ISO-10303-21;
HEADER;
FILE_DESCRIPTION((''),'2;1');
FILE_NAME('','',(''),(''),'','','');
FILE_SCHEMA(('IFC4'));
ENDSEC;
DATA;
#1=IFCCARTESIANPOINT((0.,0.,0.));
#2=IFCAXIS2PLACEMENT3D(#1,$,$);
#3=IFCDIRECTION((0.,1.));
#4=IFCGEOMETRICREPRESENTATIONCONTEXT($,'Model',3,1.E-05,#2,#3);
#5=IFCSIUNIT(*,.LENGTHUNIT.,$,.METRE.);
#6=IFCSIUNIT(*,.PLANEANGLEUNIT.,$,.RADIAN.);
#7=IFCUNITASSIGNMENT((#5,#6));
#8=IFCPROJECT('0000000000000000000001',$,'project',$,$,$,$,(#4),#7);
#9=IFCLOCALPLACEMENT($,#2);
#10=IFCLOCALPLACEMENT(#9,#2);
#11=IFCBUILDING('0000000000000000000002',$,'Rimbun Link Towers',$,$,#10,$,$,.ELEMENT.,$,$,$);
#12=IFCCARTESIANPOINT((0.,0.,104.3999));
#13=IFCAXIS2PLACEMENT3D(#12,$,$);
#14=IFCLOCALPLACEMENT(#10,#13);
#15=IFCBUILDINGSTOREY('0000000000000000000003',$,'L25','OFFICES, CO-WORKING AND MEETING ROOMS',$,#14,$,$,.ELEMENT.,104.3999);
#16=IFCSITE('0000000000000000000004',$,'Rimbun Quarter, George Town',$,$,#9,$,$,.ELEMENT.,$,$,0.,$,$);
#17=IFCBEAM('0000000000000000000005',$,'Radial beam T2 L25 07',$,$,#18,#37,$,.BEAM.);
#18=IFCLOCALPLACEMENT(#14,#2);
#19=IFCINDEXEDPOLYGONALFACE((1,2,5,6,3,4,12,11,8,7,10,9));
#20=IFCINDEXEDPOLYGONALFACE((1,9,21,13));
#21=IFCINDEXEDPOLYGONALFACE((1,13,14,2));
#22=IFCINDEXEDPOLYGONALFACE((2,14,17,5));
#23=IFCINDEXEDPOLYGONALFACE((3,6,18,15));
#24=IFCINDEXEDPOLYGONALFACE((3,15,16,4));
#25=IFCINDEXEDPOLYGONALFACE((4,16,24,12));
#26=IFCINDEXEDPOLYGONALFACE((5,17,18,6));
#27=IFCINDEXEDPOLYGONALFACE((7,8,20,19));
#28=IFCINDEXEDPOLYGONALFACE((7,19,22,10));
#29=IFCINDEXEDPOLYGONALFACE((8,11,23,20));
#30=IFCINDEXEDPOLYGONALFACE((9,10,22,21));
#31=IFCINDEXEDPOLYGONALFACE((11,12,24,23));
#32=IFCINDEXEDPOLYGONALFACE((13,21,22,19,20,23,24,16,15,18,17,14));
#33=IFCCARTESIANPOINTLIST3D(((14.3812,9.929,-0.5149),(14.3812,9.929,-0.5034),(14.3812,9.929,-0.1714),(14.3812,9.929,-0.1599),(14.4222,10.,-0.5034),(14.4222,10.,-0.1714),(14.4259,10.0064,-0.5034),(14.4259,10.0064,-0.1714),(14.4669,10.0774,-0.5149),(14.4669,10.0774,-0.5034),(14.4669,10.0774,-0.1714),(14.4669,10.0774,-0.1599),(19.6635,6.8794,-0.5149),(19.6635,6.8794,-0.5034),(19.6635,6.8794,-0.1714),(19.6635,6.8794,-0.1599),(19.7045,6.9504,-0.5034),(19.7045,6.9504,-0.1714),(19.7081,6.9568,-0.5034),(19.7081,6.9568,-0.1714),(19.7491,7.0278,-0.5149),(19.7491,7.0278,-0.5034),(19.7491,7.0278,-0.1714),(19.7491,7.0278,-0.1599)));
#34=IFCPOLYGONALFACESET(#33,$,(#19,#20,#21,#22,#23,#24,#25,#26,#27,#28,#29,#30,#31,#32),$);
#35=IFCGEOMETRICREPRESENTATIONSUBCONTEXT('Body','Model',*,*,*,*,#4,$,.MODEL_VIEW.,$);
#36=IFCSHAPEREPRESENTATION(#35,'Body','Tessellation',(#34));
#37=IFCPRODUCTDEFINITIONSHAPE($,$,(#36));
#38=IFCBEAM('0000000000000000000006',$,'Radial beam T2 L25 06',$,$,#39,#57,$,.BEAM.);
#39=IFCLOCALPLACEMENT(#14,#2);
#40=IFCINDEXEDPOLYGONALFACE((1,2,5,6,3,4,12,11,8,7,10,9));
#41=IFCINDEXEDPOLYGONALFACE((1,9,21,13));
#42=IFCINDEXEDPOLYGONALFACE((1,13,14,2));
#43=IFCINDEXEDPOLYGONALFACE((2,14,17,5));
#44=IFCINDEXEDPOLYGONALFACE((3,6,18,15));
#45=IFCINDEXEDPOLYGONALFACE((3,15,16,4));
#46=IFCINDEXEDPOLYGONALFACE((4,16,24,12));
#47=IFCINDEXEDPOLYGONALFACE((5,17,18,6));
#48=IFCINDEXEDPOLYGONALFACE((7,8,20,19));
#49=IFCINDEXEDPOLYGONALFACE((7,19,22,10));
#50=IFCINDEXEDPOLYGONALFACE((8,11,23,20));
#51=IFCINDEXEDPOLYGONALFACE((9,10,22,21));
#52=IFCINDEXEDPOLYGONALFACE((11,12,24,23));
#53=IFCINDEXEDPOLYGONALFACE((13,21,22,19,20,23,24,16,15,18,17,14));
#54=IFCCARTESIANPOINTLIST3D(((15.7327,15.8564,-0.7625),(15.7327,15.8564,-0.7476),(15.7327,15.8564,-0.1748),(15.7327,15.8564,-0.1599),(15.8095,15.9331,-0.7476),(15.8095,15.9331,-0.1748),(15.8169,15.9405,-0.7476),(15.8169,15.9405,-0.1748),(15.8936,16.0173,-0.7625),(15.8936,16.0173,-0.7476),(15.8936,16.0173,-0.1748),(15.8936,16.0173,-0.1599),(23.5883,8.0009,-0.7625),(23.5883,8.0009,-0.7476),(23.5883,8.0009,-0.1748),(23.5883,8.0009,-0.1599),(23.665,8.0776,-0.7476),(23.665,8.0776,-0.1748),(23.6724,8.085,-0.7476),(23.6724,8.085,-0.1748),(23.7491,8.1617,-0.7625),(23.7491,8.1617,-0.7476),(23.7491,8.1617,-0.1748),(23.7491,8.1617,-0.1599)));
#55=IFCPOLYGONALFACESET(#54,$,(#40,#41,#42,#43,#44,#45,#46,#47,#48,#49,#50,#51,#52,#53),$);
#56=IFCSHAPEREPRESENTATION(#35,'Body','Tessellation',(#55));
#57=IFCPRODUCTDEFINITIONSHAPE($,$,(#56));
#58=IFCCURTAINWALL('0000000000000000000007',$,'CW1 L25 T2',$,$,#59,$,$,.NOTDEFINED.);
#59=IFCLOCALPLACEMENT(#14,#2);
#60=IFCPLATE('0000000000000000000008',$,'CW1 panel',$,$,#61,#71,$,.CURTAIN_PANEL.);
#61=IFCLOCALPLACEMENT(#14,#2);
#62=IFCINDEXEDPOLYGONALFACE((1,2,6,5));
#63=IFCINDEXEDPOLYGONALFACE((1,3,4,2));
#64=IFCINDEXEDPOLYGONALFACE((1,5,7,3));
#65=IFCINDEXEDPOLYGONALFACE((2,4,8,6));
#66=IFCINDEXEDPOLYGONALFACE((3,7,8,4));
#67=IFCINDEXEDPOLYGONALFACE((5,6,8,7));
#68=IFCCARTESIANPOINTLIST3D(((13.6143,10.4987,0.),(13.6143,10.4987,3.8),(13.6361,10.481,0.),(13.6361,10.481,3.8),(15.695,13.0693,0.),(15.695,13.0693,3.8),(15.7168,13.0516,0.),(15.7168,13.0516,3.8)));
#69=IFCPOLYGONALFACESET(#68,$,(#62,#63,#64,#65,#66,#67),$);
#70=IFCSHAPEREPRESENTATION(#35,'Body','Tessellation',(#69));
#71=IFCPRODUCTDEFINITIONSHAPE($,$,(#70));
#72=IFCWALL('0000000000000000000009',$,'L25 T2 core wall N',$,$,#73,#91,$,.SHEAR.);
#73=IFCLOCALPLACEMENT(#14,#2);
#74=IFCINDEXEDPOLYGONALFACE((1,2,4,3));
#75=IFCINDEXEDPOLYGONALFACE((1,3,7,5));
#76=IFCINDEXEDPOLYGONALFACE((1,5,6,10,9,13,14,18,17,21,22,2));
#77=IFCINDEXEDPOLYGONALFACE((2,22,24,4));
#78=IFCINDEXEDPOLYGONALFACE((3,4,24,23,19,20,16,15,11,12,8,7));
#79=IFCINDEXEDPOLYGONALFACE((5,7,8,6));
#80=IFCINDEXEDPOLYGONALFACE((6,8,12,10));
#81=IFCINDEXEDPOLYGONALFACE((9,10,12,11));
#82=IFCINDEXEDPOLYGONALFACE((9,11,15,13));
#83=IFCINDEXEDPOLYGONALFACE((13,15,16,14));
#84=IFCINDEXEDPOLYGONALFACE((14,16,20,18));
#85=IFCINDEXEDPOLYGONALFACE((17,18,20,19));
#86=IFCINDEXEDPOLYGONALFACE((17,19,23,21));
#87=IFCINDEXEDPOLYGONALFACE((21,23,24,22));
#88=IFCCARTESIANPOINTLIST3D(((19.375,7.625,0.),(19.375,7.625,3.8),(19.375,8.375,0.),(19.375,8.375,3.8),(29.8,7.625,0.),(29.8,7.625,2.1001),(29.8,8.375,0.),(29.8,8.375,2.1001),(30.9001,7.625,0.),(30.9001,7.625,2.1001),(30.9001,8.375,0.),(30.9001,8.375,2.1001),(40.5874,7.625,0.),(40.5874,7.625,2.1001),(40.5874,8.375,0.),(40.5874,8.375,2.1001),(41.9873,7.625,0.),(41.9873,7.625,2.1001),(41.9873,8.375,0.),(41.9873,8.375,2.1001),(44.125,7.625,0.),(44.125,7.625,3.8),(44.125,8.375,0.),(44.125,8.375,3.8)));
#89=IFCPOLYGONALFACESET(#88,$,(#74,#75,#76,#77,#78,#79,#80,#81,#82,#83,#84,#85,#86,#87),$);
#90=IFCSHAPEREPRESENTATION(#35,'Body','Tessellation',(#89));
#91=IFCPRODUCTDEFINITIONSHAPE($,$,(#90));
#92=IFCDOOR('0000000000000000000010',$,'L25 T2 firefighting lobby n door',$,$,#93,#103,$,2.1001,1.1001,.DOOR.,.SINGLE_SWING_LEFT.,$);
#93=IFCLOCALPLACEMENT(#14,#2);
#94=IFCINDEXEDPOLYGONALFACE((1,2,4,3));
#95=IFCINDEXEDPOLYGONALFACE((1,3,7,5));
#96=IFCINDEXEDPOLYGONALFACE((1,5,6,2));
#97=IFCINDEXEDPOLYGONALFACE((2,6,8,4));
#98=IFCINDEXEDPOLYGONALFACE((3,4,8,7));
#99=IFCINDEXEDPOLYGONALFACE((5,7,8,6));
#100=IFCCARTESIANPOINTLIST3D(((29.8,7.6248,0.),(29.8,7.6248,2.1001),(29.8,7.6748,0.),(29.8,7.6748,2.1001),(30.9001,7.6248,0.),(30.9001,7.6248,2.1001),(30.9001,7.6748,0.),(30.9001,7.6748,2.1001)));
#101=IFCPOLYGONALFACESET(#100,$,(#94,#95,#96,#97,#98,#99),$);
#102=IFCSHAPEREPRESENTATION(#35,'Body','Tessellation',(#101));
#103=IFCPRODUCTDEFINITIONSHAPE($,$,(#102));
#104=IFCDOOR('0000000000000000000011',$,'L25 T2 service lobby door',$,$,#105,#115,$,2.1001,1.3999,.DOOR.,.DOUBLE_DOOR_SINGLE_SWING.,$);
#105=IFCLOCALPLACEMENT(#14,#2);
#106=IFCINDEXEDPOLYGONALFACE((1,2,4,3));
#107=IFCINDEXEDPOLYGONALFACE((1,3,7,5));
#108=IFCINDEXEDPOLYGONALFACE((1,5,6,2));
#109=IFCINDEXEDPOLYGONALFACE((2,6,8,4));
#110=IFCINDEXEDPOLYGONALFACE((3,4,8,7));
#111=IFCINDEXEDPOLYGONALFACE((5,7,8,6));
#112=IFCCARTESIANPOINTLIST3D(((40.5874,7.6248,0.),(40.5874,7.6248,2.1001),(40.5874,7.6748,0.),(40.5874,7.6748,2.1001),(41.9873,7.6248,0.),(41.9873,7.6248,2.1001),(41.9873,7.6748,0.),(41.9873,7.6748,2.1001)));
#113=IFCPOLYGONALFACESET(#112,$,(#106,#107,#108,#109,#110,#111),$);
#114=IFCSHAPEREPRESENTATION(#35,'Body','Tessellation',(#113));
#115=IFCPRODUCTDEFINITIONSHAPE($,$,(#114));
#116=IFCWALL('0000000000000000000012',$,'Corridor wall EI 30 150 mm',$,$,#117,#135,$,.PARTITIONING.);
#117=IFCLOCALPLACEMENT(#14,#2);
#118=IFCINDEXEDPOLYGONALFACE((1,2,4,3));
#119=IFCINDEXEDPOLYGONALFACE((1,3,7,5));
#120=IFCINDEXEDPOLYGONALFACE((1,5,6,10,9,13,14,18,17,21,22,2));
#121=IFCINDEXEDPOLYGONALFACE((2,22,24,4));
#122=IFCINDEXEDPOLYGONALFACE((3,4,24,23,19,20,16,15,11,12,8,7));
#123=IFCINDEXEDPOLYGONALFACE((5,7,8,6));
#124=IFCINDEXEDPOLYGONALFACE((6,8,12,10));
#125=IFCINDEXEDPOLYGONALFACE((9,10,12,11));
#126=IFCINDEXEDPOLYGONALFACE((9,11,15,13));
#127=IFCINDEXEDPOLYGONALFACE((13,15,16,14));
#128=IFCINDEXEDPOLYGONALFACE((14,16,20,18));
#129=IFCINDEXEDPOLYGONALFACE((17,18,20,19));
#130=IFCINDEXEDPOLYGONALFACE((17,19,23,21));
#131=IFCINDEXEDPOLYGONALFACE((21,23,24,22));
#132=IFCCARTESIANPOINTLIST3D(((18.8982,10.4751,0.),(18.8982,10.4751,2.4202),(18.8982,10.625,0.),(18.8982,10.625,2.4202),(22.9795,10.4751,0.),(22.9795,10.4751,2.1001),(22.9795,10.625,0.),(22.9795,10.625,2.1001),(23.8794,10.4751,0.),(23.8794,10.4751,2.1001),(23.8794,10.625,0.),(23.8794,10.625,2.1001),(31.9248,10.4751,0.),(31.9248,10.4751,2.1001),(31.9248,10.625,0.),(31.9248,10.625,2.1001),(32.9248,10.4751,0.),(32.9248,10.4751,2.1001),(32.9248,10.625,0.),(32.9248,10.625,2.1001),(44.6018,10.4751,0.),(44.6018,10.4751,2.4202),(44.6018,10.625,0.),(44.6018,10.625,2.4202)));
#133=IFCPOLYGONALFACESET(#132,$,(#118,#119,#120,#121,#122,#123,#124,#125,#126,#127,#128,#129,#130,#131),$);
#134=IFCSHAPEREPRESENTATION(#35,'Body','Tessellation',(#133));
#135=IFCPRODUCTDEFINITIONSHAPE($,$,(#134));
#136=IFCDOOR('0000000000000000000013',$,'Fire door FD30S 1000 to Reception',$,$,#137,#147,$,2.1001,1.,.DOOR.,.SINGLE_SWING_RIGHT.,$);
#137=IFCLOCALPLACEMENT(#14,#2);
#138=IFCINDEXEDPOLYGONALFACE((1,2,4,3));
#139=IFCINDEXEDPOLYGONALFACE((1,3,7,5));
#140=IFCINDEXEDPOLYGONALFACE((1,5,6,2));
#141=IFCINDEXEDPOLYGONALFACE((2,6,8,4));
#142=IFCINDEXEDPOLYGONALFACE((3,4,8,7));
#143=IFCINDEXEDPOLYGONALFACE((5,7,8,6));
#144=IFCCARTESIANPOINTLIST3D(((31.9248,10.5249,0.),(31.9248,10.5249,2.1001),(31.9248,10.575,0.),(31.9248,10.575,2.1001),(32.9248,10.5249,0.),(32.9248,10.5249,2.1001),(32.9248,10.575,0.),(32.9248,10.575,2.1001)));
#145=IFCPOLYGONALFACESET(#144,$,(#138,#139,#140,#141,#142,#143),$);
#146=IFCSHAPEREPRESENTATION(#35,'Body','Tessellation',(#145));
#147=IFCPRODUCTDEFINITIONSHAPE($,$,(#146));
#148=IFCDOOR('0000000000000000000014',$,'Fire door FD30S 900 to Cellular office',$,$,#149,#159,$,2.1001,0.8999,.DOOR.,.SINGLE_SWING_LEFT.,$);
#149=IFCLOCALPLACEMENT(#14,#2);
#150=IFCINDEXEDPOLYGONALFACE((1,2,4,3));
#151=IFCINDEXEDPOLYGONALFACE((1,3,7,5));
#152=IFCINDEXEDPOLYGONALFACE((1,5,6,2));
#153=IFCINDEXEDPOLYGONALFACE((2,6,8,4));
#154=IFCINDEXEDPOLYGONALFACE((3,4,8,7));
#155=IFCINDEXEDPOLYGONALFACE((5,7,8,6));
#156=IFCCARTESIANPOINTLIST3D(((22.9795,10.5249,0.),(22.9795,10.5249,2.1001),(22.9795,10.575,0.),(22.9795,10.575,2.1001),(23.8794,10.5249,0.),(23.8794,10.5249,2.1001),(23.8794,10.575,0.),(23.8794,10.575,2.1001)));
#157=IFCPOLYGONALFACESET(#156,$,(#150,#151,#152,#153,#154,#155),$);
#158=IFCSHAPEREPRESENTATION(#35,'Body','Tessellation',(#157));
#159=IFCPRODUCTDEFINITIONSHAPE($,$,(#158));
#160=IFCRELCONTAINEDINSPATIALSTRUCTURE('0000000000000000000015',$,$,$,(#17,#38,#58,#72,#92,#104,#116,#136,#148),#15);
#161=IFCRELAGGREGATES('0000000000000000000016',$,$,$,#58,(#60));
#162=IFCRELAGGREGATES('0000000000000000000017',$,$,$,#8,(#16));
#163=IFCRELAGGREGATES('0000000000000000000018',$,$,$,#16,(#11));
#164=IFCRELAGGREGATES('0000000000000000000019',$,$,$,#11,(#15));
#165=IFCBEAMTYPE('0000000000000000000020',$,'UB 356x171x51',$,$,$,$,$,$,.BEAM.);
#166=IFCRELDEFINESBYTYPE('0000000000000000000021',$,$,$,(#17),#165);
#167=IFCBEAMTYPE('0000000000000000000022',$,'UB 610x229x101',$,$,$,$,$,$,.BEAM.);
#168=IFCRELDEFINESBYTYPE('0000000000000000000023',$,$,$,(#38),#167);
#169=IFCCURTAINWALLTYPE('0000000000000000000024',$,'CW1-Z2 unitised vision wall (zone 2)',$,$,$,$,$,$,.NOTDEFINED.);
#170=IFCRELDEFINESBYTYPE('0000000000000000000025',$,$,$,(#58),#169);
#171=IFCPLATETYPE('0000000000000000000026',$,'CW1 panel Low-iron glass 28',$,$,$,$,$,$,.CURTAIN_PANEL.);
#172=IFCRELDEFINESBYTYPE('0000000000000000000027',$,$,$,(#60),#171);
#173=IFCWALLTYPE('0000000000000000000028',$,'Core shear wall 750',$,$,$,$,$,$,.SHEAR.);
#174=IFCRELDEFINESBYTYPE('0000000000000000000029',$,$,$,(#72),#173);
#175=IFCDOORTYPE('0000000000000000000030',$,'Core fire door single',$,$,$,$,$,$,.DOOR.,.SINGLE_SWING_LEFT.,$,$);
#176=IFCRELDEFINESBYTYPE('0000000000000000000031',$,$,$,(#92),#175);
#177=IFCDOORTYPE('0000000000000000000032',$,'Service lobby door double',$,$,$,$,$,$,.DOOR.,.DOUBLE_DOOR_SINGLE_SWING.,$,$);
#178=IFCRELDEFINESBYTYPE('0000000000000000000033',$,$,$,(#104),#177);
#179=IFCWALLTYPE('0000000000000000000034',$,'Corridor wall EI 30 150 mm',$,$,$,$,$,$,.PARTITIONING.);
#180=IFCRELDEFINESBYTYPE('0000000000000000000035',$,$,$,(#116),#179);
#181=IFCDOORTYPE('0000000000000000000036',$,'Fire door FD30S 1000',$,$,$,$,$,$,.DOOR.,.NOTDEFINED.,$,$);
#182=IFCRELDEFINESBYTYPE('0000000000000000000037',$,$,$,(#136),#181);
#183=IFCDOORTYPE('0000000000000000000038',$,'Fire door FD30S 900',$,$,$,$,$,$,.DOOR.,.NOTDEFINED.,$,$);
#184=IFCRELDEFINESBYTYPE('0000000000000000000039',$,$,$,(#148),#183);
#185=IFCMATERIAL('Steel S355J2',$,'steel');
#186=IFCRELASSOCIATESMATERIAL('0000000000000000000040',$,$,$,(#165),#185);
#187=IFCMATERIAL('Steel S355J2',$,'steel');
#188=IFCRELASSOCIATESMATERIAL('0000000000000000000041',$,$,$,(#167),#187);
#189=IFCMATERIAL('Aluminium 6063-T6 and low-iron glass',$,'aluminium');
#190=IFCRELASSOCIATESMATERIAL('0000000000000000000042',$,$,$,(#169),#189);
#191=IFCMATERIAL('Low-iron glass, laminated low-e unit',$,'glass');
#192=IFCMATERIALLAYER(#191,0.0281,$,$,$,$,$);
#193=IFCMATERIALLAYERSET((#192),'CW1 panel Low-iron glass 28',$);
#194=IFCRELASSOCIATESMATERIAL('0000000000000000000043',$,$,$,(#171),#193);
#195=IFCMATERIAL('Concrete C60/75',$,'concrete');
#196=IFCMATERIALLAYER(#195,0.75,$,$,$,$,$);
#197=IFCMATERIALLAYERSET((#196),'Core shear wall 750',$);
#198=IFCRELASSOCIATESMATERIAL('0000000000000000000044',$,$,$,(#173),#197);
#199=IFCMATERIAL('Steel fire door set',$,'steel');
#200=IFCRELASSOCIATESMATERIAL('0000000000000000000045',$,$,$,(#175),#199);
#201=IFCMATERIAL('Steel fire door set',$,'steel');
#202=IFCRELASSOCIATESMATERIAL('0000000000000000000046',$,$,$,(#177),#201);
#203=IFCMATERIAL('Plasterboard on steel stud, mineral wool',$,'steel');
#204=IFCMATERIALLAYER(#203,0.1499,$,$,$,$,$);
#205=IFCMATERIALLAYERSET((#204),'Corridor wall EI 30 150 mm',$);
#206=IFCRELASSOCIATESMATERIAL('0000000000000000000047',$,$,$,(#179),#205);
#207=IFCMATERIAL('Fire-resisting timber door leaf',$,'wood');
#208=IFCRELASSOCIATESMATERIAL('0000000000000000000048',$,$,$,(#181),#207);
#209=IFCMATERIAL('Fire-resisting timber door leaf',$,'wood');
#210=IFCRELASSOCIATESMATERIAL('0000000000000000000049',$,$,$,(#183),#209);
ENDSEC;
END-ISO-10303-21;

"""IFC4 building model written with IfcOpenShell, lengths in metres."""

from ifc_helpers import new_model, si_unit, direction, frame, frame_2d, origin, origin_2d, place, context, subcontext, project, spatial, rectangle, i_section, extrude, material, layer, layer_set, material_profile, profile_set, type_object, element, fill, aggregate, save


model = new_model("IFC4")

# Units and contexts
model_context = context("Model", 3, precision=1e-05, world=origin(), true_north=direction((0.0, 1.0)))
body_context = subcontext(model_context, "Body", "Model", "MODEL_VIEW")
ifc_project = project(units=[si_unit("LENGTHUNIT", "METRE"), si_unit("PLANEANGLEUNIT", "RADIAN")], contexts=[model_context])

# Site, building, storey
site_placement = place(None, origin())
site = spatial("IfcSite", under=ifc_project, at=site_placement, Name="Rimbun Quarter, George Town", CompositionType="ELEMENT", RefElevation=0.0)
building_placement = place(site_placement, origin())
building = spatial("IfcBuilding", under=site, at=building_placement, Name="Rimbun Link Towers", CompositionType="ELEMENT")
storey_placement = place(building_placement, frame((0.0, 0.0, 104.3999)))
storey = spatial("IfcBuildingStorey", under=building, at=storey_placement, Name="L25", Description="OFFICES, CO-WORKING AND MEETING ROOMS", CompositionType="ELEMENT", Elevation=104.3999)

# Beams
ifc_material_1 = material(Name="Steel S355J2", Category="steel")
ifc_material_profile_1 = material_profile(ifc_material_1, i_section(OverallWidth=0.1714, OverallDepth=0.355, WebThickness=0.0073, FlangeThickness=0.0115, at=origin_2d()), Name="UB 356x171x51")
ifc_profile_set_1 = profile_set([ifc_material_profile_1], Name="Steel S355J2")
beam_type_1 = type_object("IfcBeamType", Name="UB 356x171x51", PredefinedType="BEAM", material=ifc_profile_set_1)
beam_1_placement = place(storey_placement, frame((19.7063, 6.9536, -0.3374), z_axis=(-0.866035, 0.499983, 0.0), x_axis=(-0.499983, -0.866035, 0.0)))
element("IfcBeam", 1, at=beam_1_placement, inside=storey, type_object=beam_type_1, Name="Radial beam T2 L25 07", PredefinedType="BEAM", context=body_context, shape_type="SweptSolid", body=[
    extrude(i_section(OverallWidth=0.1714, OverallDepth=0.355, WebThickness=0.0073, FlangeThickness=0.0115, at=origin_2d()), origin(), (0.0, 0.0, 1.0), 6.0994),
])
ifc_material_2 = material(Name="Steel S355J2", Category="steel")
ifc_material_profile_2 = material_profile(ifc_material_2, i_section(OverallWidth=0.2275, OverallDepth=0.6025, WebThickness=0.0105, FlangeThickness=0.0149, at=origin_2d()), Name="UB 610x229x101")
ifc_profile_set_2 = profile_set([ifc_material_profile_2], Name="Steel S355J2")
beam_type_2 = type_object("IfcBeamType", Name="UB 610x229x101", PredefinedType="BEAM", material=ifc_profile_set_2)
beam_2_placement = place(storey_placement, frame((23.6687, 8.0813, -0.4612), z_axis=(-0.707107, 0.707107, 0.0), x_axis=(-0.707107, -0.707107, 0.0)))
element("IfcBeam", 2, at=beam_2_placement, inside=storey, type_object=beam_type_2, Name="Radial beam T2 L25 06", PredefinedType="BEAM", context=body_context, shape_type="SweptSolid", body=[
    extrude(i_section(OverallWidth=0.2275, OverallDepth=0.6025, WebThickness=0.0105, FlangeThickness=0.0149, at=origin_2d()), origin(), (0.0, 0.0, 1.0), 11.1094),
])

# Curtain wall, plate
ifc_material_3 = material(Name="Aluminium 6063-T6 and low-iron glass", Category="aluminium")
curtain_wall_type = type_object("IfcCurtainWallType", Name="CW1-Z2 unitised vision wall (zone 2)", PredefinedType="NOTDEFINED", material=ifc_material_3)
curtain_wall_placement = place(storey_placement, origin())
curtain_wall = element("IfcCurtainWall", 3, at=curtain_wall_placement, inside=storey, type_object=curtain_wall_type, Name="CW1 L25 T2", PredefinedType="NOTDEFINED")
ifc_material_4 = material(Name="Low-iron glass, laminated low-e unit", Category="glass")
ifc_layer_1 = layer(ifc_material_4, 0.0281)
ifc_layer_set_1 = layer_set([ifc_layer_1], Name="CW1 panel Low-iron glass 28")
plate_type = type_object("IfcPlateType", Name="CW1 panel Low-iron glass 28", PredefinedType="CURTAIN_PANEL", material=ifc_layer_set_1)
plate_placement = place(storey_placement, frame((14.6655, 11.7751, 0.0), z_axis=(0.0, 0.0, 1.0), x_axis=(0.629151, 0.777283, 0.0)))
plate = element("IfcPlate", 4, at=plate_placement, type_object=plate_type, Name="CW1 panel", PredefinedType="CURTAIN_PANEL", context=body_context, shape_type="SweptSolid", body=[
    extrude(rectangle(XDim=3.3071, YDim=0.0281, at=origin_2d()), origin(), (0.0, 0.0, 1.0), 3.8),
])
aggregate(curtain_wall, [plate])

# Walls, openings, doors
ifc_material_5 = material(Name="Concrete C60/75", Category="concrete")
ifc_layer_2 = layer(ifc_material_5, 0.75)
ifc_layer_set_2 = layer_set([ifc_layer_2], Name="Core shear wall 750")
wall_type_1 = type_object("IfcWallType", Name="Core shear wall 750", PredefinedType="SHEAR", material=ifc_layer_set_2)
wall_1_placement = place(storey_placement, frame((19.375, 8.0, 0.0), z_axis=(0.0, 0.0, 1.0), x_axis=(1.0, 0.0, 0.0)))
wall_1 = element("IfcWall", 5, at=wall_1_placement, inside=storey, type_object=wall_type_1, Name="L25 T2 core wall N", PredefinedType="SHEAR", context=body_context, shape_type="SweptSolid", body=[
    extrude(rectangle(XDim=24.75, YDim=0.75, at=frame_2d((12.375, 0.0))), origin(), (0.0, 0.0, 1.0), 3.8),
])
opening_1_placement = place(wall_1_placement, frame((10.425, 0.0, 0.0)))
opening_1 = element("IfcOpeningElement", 6, at=opening_1_placement, cuts=wall_1, PredefinedType="OPENING", context=body_context, shape_type="SweptSolid", body=[
    extrude(rectangle(XDim=1.1001, YDim=2.1001, at=frame_2d((0.55, 1.05))), frame((0.0, 0.385, 0.0), z_axis=(0.0, -1.0, 0.0), x_axis=(1.0, 0.0, 0.0)), (0.0, 0.0, 1.0), 0.77),
])
opening_2_placement = place(wall_1_placement, frame((21.2124, 0.0, 0.0)))
opening_2 = element("IfcOpeningElement", 7, at=opening_2_placement, cuts=wall_1, PredefinedType="OPENING", context=body_context, shape_type="SweptSolid", body=[
    extrude(rectangle(XDim=1.3999, YDim=2.1001, at=frame_2d((0.7, 1.05))), frame((0.0, 0.385, 0.0), z_axis=(0.0, -1.0, 0.0), x_axis=(1.0, 0.0, 0.0)), (0.0, 0.0, 1.0), 0.77),
])
ifc_material_6 = material(Name="Steel fire door set", Category="steel")
door_type_1 = type_object("IfcDoorType", Name="Core fire door single", OperationType="SINGLE_SWING_LEFT", PredefinedType="DOOR", material=ifc_material_6)
door_1_placement = place(opening_1_placement, origin())
door_1 = element("IfcDoor", 8, at=door_1_placement, inside=storey, type_object=door_type_1, Name="L25 T2 firefighting lobby n door", OperationType="SINGLE_SWING_LEFT", OverallHeight=2.1001, OverallWidth=1.1001, PredefinedType="DOOR", context=body_context, shape_type="SweptSolid", body=[
    extrude(rectangle(XDim=1.1001, YDim=2.1001, at=frame_2d((0.55, 1.05))), frame((0.0, -0.3252, 0.0), z_axis=(0.0, -1.0, 0.0), x_axis=(1.0, 0.0, 0.0)), (0.0, 0.0, 1.0), 0.05),
])
fill(opening_1, door_1)
ifc_material_7 = material(Name="Steel fire door set", Category="steel")
door_type_2 = type_object("IfcDoorType", Name="Service lobby door double", OperationType="DOUBLE_DOOR_SINGLE_SWING", PredefinedType="DOOR", material=ifc_material_7)
door_2_placement = place(opening_2_placement, origin())
door_2 = element("IfcDoor", 9, at=door_2_placement, inside=storey, type_object=door_type_2, Name="L25 T2 service lobby door", OperationType="DOUBLE_DOOR_SINGLE_SWING", OverallHeight=2.1001, OverallWidth=1.3999, PredefinedType="DOOR", context=body_context, shape_type="SweptSolid", body=[
    extrude(rectangle(XDim=1.3999, YDim=2.1001, at=frame_2d((0.7, 1.05))), frame((0.0, -0.3252, 0.0), z_axis=(0.0, -1.0, 0.0), x_axis=(1.0, 0.0, 0.0)), (0.0, 0.0, 1.0), 0.05),
])
fill(opening_2, door_2)
ifc_material_8 = material(Name="Plasterboard on steel stud, mineral wool", Category="steel")
ifc_layer_3 = layer(ifc_material_8, 0.1499)
ifc_layer_set_3 = layer_set([ifc_layer_3], Name="Corridor wall EI 30 150 mm")
wall_type_2 = type_object("IfcWallType", Name="Corridor wall EI 30 150 mm", PredefinedType="PARTITIONING", material=ifc_layer_set_3)
wall_2_placement = place(storey_placement, frame((18.8982, 10.55, 0.0), z_axis=(0.0, 0.0, 1.0), x_axis=(1.0, 0.0, 0.0)))
wall_2 = element("IfcWall", 10, at=wall_2_placement, inside=storey, type_object=wall_type_2, Name="Corridor wall EI 30 150 mm", PredefinedType="PARTITIONING", context=body_context, shape_type="SweptSolid", body=[
    extrude(rectangle(XDim=25.7036, YDim=0.1499, at=frame_2d((12.8518, 0.0))), origin(), (0.0, 0.0, 1.0), 2.4202),
])
opening_3_placement = place(wall_2_placement, frame((13.0266, 0.0, 0.0)))
opening_3 = element("IfcOpeningElement", 11, at=opening_3_placement, cuts=wall_2, PredefinedType="OPENING", context=body_context, shape_type="SweptSolid", body=[
    extrude(rectangle(XDim=1.0, YDim=2.1001, at=frame_2d((0.5, 1.05))), frame((0.0, 0.085, 0.0), z_axis=(0.0, -1.0, 0.0), x_axis=(1.0, 0.0, 0.0)), (0.0, 0.0, 1.0), 0.1699),
])
opening_4_placement = place(wall_2_placement, frame((4.0813, 0.0, 0.0)))
opening_4 = element("IfcOpeningElement", 12, at=opening_4_placement, cuts=wall_2, PredefinedType="OPENING", context=body_context, shape_type="SweptSolid", body=[
    extrude(rectangle(XDim=0.8999, YDim=2.1001, at=frame_2d((0.45, 1.05))), frame((0.0, 0.085, 0.0), z_axis=(0.0, -1.0, 0.0), x_axis=(1.0, 0.0, 0.0)), (0.0, 0.0, 1.0), 0.1699),
])
ifc_material_9 = material(Name="Fire-resisting timber door leaf", Category="wood")
door_type_3 = type_object("IfcDoorType", Name="Fire door FD30S 1000", OperationType="NOTDEFINED", PredefinedType="DOOR", material=ifc_material_9)
door_3_placement = place(opening_3_placement, origin())
door_3 = element("IfcDoor", 13, at=door_3_placement, inside=storey, type_object=door_type_3, Name="Fire door FD30S 1000 to Reception", OperationType="SINGLE_SWING_RIGHT", OverallHeight=2.1001, OverallWidth=1.0, PredefinedType="DOOR", context=body_context, shape_type="SweptSolid", body=[
    extrude(rectangle(XDim=1.0, YDim=2.1001, at=frame_2d((0.5, 1.05))), frame((0.0, 0.0249, 0.0), z_axis=(0.0, -1.0, 0.0), x_axis=(1.0, 0.0, 0.0)), (0.0, 0.0, 1.0), 0.05),
])
fill(opening_3, door_3)
ifc_material_10 = material(Name="Fire-resisting timber door leaf", Category="wood")
door_type_4 = type_object("IfcDoorType", Name="Fire door FD30S 900", OperationType="NOTDEFINED", PredefinedType="DOOR", material=ifc_material_10)
door_4_placement = place(opening_4_placement, origin())
door_4 = element("IfcDoor", 14, at=door_4_placement, inside=storey, type_object=door_type_4, Name="Fire door FD30S 900 to Cellular office", OperationType="SINGLE_SWING_LEFT", OverallHeight=2.1001, OverallWidth=0.8999, PredefinedType="DOOR", context=body_context, shape_type="SweptSolid", body=[
    extrude(rectangle(XDim=0.8999, YDim=2.1001, at=frame_2d((0.45, 1.05))), frame((0.0, 0.0249, 0.0), z_axis=(0.0, -1.0, 0.0), x_axis=(1.0, 0.0, 0.0)), (0.0, 0.0, 1.0), 0.05),
])
fill(opening_4, door_4)

save(model, "model.ifc")
